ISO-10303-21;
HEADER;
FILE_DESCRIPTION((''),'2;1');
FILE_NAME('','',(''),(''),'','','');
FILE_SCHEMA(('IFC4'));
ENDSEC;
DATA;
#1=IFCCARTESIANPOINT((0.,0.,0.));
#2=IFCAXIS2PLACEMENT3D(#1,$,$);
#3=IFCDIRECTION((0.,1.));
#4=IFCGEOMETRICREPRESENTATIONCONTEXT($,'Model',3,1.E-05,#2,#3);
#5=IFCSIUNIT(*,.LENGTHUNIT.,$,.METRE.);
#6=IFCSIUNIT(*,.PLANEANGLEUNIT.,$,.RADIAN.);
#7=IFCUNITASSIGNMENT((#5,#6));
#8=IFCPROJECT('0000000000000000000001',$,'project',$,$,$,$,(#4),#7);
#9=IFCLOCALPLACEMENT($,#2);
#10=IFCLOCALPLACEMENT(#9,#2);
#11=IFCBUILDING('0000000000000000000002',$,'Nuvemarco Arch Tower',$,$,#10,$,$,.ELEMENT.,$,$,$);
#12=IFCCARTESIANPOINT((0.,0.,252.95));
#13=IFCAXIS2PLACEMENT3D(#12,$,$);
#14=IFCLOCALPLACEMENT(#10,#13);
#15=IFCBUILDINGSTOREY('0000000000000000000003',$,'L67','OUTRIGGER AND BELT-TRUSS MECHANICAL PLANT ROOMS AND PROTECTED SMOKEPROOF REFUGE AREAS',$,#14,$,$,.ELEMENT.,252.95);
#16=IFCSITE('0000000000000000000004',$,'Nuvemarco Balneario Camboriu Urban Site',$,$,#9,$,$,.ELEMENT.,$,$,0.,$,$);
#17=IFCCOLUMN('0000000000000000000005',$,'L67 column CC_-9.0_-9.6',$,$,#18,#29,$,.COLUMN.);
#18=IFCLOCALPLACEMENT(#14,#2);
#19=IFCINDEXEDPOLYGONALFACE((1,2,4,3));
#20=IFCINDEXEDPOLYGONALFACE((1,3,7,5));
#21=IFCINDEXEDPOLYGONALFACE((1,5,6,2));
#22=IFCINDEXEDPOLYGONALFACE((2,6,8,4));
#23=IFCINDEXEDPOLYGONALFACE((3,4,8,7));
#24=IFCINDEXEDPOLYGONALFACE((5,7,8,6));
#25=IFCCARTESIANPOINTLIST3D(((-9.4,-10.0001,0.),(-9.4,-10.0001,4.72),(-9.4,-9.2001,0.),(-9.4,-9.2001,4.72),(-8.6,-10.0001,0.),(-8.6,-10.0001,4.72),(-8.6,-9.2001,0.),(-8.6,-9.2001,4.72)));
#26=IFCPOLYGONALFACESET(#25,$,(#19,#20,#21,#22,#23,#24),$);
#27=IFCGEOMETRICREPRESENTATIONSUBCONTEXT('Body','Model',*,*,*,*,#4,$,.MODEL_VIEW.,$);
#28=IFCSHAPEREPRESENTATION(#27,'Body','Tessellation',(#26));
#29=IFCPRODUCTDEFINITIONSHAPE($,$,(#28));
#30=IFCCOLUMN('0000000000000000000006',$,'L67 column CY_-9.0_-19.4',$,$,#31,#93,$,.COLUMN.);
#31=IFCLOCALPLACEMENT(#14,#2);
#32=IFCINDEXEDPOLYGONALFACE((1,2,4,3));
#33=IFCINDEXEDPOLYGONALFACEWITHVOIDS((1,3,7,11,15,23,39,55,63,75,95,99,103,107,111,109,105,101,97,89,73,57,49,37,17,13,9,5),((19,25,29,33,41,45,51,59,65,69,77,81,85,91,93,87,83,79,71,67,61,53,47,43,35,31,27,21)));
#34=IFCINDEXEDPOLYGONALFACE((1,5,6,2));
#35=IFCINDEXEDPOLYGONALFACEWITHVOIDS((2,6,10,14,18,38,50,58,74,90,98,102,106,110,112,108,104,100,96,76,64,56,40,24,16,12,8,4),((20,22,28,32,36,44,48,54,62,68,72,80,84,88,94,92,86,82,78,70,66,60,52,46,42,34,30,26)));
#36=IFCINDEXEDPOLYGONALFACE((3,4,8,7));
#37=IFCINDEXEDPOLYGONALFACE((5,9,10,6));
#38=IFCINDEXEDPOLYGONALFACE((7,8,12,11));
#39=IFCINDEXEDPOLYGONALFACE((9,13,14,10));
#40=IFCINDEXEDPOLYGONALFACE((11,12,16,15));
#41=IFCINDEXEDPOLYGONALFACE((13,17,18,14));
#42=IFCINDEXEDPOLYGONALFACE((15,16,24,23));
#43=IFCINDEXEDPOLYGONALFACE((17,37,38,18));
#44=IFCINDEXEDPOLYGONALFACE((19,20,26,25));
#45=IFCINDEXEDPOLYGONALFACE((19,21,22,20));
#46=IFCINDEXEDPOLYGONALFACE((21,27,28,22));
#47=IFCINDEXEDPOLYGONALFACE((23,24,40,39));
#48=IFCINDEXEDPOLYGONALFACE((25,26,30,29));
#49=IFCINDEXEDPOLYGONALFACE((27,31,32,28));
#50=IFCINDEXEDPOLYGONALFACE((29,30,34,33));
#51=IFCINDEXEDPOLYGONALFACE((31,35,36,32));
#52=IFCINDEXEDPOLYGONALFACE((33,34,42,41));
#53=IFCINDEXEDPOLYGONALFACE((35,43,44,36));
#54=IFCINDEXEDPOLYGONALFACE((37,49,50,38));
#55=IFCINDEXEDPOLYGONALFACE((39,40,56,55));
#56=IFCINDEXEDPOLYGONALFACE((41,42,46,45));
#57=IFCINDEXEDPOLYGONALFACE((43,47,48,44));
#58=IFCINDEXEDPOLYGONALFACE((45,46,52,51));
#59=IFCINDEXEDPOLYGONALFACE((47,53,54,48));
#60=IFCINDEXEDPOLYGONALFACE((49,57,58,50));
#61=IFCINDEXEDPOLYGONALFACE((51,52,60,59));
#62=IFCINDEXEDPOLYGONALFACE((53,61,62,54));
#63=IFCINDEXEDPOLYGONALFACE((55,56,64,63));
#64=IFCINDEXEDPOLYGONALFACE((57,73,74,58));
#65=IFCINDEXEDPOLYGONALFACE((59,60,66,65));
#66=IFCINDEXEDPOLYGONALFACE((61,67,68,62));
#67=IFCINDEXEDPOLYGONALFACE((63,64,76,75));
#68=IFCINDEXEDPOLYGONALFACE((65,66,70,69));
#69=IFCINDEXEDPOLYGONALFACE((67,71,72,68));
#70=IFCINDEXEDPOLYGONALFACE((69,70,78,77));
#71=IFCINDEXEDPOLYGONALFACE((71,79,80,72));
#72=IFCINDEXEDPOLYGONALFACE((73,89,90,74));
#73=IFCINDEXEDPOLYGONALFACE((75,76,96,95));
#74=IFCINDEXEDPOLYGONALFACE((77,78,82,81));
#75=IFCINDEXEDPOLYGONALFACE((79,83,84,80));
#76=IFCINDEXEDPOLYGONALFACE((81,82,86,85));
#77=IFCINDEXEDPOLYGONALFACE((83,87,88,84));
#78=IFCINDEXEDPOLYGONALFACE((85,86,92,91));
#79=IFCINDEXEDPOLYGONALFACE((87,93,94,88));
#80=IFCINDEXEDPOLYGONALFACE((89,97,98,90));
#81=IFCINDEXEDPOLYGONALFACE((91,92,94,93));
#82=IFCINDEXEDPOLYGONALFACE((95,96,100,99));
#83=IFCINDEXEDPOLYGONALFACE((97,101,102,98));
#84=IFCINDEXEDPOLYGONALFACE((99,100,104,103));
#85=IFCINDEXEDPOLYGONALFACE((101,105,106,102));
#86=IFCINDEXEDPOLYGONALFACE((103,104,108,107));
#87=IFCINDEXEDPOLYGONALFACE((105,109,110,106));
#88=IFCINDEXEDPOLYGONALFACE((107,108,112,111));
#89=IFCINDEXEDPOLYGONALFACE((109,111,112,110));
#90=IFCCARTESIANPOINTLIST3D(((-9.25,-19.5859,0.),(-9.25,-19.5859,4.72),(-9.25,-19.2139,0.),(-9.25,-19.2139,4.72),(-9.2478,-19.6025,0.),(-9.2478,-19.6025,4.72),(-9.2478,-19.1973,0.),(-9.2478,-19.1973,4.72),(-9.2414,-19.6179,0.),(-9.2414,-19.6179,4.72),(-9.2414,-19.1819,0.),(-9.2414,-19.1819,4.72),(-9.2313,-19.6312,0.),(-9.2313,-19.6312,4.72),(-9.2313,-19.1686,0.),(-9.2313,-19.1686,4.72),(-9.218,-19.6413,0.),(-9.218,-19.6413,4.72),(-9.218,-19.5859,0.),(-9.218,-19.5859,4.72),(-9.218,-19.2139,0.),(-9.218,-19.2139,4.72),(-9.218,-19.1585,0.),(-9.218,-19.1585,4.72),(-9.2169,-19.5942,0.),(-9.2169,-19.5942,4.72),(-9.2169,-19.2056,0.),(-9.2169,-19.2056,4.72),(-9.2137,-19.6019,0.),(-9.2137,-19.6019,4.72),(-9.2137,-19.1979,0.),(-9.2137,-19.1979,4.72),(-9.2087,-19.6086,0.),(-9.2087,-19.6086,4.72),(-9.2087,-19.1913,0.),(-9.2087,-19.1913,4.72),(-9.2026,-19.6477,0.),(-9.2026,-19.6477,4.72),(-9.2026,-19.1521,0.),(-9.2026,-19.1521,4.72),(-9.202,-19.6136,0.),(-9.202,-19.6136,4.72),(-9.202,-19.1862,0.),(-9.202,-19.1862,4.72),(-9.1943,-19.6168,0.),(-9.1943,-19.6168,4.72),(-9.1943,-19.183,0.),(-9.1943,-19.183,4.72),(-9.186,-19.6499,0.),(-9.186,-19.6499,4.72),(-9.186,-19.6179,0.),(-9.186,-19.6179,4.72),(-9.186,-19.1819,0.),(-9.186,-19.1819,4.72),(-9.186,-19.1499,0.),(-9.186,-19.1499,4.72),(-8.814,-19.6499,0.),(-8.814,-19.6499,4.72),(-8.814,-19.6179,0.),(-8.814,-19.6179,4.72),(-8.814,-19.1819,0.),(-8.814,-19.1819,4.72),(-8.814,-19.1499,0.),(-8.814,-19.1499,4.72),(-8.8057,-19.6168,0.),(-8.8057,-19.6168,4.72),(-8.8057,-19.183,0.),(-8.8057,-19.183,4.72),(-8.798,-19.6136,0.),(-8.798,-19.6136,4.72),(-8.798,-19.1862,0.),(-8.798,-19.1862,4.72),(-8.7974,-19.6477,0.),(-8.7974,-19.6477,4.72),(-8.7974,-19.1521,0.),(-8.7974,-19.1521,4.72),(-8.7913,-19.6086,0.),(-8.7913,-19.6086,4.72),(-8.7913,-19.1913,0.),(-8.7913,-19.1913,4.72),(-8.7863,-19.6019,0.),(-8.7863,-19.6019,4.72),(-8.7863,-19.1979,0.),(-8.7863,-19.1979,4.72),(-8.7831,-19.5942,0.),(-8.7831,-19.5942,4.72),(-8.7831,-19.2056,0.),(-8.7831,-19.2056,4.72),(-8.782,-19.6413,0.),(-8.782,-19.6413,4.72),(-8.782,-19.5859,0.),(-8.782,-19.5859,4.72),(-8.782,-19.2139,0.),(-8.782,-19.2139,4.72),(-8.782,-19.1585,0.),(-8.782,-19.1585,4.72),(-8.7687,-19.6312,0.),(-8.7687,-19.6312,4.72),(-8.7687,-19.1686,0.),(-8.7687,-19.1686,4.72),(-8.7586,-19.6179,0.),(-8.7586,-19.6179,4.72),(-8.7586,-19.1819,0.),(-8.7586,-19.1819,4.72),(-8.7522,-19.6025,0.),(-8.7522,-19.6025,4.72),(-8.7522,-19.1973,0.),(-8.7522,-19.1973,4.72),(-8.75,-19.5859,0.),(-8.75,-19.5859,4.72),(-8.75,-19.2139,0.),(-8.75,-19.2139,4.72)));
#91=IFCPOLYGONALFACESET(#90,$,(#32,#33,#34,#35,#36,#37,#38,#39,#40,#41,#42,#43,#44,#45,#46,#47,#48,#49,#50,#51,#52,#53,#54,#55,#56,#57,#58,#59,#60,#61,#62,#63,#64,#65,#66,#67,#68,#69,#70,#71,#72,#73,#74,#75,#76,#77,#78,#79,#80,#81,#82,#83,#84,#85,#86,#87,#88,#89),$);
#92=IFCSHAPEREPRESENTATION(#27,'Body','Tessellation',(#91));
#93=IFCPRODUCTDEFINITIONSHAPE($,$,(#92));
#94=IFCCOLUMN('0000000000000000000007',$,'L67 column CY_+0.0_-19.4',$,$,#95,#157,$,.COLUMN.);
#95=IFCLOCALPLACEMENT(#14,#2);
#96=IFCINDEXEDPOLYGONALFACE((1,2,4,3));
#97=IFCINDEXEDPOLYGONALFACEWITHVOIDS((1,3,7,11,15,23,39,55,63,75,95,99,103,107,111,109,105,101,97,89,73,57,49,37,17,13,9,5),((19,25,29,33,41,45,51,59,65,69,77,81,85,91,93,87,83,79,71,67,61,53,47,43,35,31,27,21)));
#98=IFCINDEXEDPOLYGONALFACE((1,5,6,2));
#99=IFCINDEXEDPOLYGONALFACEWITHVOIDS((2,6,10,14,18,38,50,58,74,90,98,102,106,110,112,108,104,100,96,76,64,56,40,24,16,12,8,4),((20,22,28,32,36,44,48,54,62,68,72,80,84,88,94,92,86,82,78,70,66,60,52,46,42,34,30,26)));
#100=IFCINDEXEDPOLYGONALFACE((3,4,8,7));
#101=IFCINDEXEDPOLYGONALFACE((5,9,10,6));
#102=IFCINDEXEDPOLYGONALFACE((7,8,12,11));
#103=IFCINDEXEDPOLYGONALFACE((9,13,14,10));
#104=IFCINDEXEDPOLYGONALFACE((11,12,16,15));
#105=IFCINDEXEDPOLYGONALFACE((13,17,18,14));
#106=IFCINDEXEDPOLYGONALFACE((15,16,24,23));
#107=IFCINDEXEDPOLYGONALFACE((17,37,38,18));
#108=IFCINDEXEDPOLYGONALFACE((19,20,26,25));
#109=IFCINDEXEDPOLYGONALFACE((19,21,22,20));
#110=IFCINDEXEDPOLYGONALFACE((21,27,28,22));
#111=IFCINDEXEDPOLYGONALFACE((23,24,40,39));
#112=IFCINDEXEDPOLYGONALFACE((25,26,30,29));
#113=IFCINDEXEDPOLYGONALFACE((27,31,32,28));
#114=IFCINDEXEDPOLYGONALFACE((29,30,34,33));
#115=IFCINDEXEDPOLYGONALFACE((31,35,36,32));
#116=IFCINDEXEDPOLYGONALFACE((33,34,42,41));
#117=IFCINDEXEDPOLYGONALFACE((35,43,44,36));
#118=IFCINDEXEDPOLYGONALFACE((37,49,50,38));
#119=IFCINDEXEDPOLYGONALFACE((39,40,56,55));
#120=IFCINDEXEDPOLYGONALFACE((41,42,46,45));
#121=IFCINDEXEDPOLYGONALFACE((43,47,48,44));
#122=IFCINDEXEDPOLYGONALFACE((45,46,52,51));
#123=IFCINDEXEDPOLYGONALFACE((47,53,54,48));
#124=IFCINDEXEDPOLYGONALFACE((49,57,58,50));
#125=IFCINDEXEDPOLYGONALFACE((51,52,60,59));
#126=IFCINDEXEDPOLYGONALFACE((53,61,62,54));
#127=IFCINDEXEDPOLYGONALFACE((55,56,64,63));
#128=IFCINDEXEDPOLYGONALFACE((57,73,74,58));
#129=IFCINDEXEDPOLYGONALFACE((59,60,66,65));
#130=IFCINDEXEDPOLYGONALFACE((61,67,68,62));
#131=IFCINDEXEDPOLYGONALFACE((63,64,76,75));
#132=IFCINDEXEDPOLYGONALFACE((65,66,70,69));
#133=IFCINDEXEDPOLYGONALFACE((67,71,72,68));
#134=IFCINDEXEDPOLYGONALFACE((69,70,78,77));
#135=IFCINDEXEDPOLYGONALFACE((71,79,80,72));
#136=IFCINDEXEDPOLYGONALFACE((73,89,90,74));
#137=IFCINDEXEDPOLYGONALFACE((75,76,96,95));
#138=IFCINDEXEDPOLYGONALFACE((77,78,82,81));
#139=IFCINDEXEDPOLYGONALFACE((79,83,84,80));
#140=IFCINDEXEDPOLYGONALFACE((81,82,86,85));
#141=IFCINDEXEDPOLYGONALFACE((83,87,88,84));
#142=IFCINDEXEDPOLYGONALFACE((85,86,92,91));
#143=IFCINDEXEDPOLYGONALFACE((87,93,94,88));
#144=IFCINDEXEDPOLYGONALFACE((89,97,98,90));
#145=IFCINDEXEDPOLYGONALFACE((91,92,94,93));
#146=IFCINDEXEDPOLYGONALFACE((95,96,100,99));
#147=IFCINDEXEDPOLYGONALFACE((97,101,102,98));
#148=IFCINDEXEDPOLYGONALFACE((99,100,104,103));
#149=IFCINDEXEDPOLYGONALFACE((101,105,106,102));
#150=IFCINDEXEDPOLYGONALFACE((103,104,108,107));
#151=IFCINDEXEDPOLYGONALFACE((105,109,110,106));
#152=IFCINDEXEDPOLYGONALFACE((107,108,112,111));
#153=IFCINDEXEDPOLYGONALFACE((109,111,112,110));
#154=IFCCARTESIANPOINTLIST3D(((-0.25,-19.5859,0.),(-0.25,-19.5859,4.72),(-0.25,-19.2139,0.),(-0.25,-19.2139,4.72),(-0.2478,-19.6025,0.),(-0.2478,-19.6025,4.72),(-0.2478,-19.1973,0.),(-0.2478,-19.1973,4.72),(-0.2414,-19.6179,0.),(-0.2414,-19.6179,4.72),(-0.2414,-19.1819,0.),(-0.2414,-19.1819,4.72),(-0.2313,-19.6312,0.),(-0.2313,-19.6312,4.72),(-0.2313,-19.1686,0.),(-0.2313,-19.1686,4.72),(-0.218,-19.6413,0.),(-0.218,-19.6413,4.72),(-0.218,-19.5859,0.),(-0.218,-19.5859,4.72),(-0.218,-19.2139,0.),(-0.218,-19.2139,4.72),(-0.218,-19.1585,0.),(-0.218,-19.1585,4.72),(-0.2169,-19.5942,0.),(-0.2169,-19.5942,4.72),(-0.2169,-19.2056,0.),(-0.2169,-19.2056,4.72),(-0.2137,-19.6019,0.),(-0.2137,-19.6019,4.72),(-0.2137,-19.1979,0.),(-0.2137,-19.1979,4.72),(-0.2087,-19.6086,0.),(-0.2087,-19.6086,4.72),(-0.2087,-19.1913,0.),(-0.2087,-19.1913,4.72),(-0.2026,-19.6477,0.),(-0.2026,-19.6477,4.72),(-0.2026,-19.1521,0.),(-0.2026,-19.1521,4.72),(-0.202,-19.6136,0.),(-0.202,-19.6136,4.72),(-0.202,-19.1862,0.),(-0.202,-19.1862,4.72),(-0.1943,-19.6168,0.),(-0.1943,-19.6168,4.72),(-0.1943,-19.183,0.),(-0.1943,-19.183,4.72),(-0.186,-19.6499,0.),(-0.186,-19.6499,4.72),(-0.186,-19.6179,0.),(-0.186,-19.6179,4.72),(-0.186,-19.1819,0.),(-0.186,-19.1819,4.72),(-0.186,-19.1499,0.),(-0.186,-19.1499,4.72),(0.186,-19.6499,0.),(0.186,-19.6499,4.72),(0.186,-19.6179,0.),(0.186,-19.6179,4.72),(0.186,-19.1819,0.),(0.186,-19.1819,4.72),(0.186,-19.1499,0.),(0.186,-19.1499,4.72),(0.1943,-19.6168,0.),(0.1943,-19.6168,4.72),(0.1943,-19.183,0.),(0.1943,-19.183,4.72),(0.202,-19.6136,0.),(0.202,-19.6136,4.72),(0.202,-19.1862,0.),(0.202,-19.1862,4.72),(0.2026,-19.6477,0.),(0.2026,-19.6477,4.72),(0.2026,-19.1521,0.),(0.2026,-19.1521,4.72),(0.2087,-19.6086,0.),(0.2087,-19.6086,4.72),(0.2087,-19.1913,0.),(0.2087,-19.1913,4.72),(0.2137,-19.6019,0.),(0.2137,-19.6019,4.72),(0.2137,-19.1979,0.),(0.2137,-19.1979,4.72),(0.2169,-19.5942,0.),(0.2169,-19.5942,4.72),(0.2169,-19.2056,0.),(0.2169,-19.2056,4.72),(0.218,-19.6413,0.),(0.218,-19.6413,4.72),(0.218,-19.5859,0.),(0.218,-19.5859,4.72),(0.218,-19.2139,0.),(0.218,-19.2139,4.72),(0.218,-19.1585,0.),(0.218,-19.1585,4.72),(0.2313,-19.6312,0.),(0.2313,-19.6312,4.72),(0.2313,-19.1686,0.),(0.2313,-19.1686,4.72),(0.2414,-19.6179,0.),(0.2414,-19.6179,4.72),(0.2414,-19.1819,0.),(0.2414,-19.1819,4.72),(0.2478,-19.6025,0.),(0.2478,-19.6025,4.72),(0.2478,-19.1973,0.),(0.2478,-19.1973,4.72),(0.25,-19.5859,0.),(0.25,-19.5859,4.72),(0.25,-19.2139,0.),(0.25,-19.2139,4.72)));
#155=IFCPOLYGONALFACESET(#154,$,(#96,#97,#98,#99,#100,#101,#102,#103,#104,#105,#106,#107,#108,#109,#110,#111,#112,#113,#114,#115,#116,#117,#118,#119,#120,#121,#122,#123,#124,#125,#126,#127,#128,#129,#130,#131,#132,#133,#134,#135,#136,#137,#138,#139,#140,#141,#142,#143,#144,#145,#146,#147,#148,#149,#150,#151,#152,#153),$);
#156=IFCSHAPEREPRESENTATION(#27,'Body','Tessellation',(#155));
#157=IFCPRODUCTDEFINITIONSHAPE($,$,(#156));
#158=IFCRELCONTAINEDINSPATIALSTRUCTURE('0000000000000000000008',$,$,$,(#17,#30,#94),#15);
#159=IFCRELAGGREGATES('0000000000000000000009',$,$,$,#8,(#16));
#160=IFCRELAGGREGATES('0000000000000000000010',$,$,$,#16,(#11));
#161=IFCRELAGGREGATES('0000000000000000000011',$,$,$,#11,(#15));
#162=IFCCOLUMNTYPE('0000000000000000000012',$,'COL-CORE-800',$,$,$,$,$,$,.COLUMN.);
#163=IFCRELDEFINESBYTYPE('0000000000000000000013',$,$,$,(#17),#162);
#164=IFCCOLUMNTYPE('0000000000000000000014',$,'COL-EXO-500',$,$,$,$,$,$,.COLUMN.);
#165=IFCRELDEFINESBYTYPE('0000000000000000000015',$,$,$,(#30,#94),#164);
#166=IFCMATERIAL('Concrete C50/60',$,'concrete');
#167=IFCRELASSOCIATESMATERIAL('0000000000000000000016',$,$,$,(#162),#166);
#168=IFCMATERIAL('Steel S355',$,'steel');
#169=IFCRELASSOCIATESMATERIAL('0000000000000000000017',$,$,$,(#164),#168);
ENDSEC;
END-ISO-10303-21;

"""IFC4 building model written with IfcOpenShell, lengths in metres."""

from ifc_helpers import new_model, si_unit, direction, frame, origin, origin_2d, place, context, subcontext, project, spatial, rectangle, hollow_rectangle, extrude, material, material_profile, profile_set, type_object, element, save


model = new_model("IFC4")

# Units and contexts
model_context = context("Model", 3, precision=1e-05, world=origin(), true_north=direction((0.0, 1.0)))
body_context = subcontext(model_context, "Body", "Model", "MODEL_VIEW")
ifc_project = project(units=[si_unit("LENGTHUNIT", "METRE"), si_unit("PLANEANGLEUNIT", "RADIAN")], contexts=[model_context])

# Site, building, storey
site_placement = place(None, origin())
site = spatial("IfcSite", under=ifc_project, at=site_placement, Name="Nuvemarco Balneario Camboriu Urban Site", CompositionType="ELEMENT", RefElevation=0.0)
building_placement = place(site_placement, origin())
building = spatial("IfcBuilding", under=site, at=building_placement, Name="Nuvemarco Arch Tower", CompositionType="ELEMENT")
storey_placement = place(building_placement, frame((0.0, 0.0, 252.95)))
storey = spatial("IfcBuildingStorey", under=building, at=storey_placement, Name="L67", Description="OUTRIGGER AND BELT-TRUSS MECHANICAL PLANT ROOMS AND PROTECTED SMOKEPROOF REFUGE AREAS", CompositionType="ELEMENT", Elevation=252.95)

# Columns
ifc_material_1 = material(Name="Concrete C50/60", Category="concrete")
ifc_material_profile_1 = material_profile(ifc_material_1, rectangle(XDim=0.8, YDim=0.8, at=origin_2d()), Name="RC-COL-800x800")
ifc_profile_set_1 = profile_set([ifc_material_profile_1], Name="Concrete C50/60")
column_type_1 = type_object("IfcColumnType", Name="COL-CORE-800", PredefinedType="COLUMN", material=ifc_profile_set_1)
column_1_placement = place(storey_placement, frame((-9.0, -9.6001, 0.0), z_axis=(0.0, 0.0, 1.0), x_axis=(1.0, 0.0, 0.0)))
element("IfcColumn", 1, at=column_1_placement, inside=storey, type_object=column_type_1, Name="L67 column CC_-9.0_-9.6", PredefinedType="COLUMN", context=body_context, shape_type="SweptSolid", body=[
    extrude(rectangle(XDim=0.8, YDim=0.8, at=origin_2d()), origin(), (0.0, 0.0, 1.0), 4.72),
])
ifc_material_2 = material(Name="Steel S355", Category="steel")
ifc_material_profile_2 = material_profile(ifc_material_2, hollow_rectangle(XDim=0.5, YDim=0.5, WallThickness=0.032, InnerFilletRadius=0.032, OuterFilletRadius=0.064, at=origin_2d()), Name="SHS500x500x32")
ifc_profile_set_2 = profile_set([ifc_material_profile_2], Name="Steel S355")
column_type_2 = type_object("IfcColumnType", Name="COL-EXO-500", PredefinedType="COLUMN", material=ifc_profile_set_2)
for number, where, z_axis, x_axis, name in (
    (2, (-9.0, -19.3999, 0.0), (0.0, 0.0, 1.0), (1.0, 0.0, 0.0), "L67 column CY_-9.0_-19.4"),
    (3, (0.0, -19.3999, 0.0), (0.0, 0.0, 1.0), (1.0, 0.0, 0.0), "L67 column CY_+0.0_-19.4"),
):
    element("IfcColumn", number, at=place(storey_placement, frame(where, z_axis=z_axis, x_axis=x_axis)), inside=storey, type_object=column_type_2, Name=name, PredefinedType="COLUMN", context=body_context, shape_type="SweptSolid", body=[
        extrude(hollow_rectangle(XDim=0.5, YDim=0.5, WallThickness=0.032, InnerFilletRadius=0.032, OuterFilletRadius=0.064, at=origin_2d()), origin(), (0.0, 0.0, 1.0), 4.72),
    ])

save(model, "model.ifc")
